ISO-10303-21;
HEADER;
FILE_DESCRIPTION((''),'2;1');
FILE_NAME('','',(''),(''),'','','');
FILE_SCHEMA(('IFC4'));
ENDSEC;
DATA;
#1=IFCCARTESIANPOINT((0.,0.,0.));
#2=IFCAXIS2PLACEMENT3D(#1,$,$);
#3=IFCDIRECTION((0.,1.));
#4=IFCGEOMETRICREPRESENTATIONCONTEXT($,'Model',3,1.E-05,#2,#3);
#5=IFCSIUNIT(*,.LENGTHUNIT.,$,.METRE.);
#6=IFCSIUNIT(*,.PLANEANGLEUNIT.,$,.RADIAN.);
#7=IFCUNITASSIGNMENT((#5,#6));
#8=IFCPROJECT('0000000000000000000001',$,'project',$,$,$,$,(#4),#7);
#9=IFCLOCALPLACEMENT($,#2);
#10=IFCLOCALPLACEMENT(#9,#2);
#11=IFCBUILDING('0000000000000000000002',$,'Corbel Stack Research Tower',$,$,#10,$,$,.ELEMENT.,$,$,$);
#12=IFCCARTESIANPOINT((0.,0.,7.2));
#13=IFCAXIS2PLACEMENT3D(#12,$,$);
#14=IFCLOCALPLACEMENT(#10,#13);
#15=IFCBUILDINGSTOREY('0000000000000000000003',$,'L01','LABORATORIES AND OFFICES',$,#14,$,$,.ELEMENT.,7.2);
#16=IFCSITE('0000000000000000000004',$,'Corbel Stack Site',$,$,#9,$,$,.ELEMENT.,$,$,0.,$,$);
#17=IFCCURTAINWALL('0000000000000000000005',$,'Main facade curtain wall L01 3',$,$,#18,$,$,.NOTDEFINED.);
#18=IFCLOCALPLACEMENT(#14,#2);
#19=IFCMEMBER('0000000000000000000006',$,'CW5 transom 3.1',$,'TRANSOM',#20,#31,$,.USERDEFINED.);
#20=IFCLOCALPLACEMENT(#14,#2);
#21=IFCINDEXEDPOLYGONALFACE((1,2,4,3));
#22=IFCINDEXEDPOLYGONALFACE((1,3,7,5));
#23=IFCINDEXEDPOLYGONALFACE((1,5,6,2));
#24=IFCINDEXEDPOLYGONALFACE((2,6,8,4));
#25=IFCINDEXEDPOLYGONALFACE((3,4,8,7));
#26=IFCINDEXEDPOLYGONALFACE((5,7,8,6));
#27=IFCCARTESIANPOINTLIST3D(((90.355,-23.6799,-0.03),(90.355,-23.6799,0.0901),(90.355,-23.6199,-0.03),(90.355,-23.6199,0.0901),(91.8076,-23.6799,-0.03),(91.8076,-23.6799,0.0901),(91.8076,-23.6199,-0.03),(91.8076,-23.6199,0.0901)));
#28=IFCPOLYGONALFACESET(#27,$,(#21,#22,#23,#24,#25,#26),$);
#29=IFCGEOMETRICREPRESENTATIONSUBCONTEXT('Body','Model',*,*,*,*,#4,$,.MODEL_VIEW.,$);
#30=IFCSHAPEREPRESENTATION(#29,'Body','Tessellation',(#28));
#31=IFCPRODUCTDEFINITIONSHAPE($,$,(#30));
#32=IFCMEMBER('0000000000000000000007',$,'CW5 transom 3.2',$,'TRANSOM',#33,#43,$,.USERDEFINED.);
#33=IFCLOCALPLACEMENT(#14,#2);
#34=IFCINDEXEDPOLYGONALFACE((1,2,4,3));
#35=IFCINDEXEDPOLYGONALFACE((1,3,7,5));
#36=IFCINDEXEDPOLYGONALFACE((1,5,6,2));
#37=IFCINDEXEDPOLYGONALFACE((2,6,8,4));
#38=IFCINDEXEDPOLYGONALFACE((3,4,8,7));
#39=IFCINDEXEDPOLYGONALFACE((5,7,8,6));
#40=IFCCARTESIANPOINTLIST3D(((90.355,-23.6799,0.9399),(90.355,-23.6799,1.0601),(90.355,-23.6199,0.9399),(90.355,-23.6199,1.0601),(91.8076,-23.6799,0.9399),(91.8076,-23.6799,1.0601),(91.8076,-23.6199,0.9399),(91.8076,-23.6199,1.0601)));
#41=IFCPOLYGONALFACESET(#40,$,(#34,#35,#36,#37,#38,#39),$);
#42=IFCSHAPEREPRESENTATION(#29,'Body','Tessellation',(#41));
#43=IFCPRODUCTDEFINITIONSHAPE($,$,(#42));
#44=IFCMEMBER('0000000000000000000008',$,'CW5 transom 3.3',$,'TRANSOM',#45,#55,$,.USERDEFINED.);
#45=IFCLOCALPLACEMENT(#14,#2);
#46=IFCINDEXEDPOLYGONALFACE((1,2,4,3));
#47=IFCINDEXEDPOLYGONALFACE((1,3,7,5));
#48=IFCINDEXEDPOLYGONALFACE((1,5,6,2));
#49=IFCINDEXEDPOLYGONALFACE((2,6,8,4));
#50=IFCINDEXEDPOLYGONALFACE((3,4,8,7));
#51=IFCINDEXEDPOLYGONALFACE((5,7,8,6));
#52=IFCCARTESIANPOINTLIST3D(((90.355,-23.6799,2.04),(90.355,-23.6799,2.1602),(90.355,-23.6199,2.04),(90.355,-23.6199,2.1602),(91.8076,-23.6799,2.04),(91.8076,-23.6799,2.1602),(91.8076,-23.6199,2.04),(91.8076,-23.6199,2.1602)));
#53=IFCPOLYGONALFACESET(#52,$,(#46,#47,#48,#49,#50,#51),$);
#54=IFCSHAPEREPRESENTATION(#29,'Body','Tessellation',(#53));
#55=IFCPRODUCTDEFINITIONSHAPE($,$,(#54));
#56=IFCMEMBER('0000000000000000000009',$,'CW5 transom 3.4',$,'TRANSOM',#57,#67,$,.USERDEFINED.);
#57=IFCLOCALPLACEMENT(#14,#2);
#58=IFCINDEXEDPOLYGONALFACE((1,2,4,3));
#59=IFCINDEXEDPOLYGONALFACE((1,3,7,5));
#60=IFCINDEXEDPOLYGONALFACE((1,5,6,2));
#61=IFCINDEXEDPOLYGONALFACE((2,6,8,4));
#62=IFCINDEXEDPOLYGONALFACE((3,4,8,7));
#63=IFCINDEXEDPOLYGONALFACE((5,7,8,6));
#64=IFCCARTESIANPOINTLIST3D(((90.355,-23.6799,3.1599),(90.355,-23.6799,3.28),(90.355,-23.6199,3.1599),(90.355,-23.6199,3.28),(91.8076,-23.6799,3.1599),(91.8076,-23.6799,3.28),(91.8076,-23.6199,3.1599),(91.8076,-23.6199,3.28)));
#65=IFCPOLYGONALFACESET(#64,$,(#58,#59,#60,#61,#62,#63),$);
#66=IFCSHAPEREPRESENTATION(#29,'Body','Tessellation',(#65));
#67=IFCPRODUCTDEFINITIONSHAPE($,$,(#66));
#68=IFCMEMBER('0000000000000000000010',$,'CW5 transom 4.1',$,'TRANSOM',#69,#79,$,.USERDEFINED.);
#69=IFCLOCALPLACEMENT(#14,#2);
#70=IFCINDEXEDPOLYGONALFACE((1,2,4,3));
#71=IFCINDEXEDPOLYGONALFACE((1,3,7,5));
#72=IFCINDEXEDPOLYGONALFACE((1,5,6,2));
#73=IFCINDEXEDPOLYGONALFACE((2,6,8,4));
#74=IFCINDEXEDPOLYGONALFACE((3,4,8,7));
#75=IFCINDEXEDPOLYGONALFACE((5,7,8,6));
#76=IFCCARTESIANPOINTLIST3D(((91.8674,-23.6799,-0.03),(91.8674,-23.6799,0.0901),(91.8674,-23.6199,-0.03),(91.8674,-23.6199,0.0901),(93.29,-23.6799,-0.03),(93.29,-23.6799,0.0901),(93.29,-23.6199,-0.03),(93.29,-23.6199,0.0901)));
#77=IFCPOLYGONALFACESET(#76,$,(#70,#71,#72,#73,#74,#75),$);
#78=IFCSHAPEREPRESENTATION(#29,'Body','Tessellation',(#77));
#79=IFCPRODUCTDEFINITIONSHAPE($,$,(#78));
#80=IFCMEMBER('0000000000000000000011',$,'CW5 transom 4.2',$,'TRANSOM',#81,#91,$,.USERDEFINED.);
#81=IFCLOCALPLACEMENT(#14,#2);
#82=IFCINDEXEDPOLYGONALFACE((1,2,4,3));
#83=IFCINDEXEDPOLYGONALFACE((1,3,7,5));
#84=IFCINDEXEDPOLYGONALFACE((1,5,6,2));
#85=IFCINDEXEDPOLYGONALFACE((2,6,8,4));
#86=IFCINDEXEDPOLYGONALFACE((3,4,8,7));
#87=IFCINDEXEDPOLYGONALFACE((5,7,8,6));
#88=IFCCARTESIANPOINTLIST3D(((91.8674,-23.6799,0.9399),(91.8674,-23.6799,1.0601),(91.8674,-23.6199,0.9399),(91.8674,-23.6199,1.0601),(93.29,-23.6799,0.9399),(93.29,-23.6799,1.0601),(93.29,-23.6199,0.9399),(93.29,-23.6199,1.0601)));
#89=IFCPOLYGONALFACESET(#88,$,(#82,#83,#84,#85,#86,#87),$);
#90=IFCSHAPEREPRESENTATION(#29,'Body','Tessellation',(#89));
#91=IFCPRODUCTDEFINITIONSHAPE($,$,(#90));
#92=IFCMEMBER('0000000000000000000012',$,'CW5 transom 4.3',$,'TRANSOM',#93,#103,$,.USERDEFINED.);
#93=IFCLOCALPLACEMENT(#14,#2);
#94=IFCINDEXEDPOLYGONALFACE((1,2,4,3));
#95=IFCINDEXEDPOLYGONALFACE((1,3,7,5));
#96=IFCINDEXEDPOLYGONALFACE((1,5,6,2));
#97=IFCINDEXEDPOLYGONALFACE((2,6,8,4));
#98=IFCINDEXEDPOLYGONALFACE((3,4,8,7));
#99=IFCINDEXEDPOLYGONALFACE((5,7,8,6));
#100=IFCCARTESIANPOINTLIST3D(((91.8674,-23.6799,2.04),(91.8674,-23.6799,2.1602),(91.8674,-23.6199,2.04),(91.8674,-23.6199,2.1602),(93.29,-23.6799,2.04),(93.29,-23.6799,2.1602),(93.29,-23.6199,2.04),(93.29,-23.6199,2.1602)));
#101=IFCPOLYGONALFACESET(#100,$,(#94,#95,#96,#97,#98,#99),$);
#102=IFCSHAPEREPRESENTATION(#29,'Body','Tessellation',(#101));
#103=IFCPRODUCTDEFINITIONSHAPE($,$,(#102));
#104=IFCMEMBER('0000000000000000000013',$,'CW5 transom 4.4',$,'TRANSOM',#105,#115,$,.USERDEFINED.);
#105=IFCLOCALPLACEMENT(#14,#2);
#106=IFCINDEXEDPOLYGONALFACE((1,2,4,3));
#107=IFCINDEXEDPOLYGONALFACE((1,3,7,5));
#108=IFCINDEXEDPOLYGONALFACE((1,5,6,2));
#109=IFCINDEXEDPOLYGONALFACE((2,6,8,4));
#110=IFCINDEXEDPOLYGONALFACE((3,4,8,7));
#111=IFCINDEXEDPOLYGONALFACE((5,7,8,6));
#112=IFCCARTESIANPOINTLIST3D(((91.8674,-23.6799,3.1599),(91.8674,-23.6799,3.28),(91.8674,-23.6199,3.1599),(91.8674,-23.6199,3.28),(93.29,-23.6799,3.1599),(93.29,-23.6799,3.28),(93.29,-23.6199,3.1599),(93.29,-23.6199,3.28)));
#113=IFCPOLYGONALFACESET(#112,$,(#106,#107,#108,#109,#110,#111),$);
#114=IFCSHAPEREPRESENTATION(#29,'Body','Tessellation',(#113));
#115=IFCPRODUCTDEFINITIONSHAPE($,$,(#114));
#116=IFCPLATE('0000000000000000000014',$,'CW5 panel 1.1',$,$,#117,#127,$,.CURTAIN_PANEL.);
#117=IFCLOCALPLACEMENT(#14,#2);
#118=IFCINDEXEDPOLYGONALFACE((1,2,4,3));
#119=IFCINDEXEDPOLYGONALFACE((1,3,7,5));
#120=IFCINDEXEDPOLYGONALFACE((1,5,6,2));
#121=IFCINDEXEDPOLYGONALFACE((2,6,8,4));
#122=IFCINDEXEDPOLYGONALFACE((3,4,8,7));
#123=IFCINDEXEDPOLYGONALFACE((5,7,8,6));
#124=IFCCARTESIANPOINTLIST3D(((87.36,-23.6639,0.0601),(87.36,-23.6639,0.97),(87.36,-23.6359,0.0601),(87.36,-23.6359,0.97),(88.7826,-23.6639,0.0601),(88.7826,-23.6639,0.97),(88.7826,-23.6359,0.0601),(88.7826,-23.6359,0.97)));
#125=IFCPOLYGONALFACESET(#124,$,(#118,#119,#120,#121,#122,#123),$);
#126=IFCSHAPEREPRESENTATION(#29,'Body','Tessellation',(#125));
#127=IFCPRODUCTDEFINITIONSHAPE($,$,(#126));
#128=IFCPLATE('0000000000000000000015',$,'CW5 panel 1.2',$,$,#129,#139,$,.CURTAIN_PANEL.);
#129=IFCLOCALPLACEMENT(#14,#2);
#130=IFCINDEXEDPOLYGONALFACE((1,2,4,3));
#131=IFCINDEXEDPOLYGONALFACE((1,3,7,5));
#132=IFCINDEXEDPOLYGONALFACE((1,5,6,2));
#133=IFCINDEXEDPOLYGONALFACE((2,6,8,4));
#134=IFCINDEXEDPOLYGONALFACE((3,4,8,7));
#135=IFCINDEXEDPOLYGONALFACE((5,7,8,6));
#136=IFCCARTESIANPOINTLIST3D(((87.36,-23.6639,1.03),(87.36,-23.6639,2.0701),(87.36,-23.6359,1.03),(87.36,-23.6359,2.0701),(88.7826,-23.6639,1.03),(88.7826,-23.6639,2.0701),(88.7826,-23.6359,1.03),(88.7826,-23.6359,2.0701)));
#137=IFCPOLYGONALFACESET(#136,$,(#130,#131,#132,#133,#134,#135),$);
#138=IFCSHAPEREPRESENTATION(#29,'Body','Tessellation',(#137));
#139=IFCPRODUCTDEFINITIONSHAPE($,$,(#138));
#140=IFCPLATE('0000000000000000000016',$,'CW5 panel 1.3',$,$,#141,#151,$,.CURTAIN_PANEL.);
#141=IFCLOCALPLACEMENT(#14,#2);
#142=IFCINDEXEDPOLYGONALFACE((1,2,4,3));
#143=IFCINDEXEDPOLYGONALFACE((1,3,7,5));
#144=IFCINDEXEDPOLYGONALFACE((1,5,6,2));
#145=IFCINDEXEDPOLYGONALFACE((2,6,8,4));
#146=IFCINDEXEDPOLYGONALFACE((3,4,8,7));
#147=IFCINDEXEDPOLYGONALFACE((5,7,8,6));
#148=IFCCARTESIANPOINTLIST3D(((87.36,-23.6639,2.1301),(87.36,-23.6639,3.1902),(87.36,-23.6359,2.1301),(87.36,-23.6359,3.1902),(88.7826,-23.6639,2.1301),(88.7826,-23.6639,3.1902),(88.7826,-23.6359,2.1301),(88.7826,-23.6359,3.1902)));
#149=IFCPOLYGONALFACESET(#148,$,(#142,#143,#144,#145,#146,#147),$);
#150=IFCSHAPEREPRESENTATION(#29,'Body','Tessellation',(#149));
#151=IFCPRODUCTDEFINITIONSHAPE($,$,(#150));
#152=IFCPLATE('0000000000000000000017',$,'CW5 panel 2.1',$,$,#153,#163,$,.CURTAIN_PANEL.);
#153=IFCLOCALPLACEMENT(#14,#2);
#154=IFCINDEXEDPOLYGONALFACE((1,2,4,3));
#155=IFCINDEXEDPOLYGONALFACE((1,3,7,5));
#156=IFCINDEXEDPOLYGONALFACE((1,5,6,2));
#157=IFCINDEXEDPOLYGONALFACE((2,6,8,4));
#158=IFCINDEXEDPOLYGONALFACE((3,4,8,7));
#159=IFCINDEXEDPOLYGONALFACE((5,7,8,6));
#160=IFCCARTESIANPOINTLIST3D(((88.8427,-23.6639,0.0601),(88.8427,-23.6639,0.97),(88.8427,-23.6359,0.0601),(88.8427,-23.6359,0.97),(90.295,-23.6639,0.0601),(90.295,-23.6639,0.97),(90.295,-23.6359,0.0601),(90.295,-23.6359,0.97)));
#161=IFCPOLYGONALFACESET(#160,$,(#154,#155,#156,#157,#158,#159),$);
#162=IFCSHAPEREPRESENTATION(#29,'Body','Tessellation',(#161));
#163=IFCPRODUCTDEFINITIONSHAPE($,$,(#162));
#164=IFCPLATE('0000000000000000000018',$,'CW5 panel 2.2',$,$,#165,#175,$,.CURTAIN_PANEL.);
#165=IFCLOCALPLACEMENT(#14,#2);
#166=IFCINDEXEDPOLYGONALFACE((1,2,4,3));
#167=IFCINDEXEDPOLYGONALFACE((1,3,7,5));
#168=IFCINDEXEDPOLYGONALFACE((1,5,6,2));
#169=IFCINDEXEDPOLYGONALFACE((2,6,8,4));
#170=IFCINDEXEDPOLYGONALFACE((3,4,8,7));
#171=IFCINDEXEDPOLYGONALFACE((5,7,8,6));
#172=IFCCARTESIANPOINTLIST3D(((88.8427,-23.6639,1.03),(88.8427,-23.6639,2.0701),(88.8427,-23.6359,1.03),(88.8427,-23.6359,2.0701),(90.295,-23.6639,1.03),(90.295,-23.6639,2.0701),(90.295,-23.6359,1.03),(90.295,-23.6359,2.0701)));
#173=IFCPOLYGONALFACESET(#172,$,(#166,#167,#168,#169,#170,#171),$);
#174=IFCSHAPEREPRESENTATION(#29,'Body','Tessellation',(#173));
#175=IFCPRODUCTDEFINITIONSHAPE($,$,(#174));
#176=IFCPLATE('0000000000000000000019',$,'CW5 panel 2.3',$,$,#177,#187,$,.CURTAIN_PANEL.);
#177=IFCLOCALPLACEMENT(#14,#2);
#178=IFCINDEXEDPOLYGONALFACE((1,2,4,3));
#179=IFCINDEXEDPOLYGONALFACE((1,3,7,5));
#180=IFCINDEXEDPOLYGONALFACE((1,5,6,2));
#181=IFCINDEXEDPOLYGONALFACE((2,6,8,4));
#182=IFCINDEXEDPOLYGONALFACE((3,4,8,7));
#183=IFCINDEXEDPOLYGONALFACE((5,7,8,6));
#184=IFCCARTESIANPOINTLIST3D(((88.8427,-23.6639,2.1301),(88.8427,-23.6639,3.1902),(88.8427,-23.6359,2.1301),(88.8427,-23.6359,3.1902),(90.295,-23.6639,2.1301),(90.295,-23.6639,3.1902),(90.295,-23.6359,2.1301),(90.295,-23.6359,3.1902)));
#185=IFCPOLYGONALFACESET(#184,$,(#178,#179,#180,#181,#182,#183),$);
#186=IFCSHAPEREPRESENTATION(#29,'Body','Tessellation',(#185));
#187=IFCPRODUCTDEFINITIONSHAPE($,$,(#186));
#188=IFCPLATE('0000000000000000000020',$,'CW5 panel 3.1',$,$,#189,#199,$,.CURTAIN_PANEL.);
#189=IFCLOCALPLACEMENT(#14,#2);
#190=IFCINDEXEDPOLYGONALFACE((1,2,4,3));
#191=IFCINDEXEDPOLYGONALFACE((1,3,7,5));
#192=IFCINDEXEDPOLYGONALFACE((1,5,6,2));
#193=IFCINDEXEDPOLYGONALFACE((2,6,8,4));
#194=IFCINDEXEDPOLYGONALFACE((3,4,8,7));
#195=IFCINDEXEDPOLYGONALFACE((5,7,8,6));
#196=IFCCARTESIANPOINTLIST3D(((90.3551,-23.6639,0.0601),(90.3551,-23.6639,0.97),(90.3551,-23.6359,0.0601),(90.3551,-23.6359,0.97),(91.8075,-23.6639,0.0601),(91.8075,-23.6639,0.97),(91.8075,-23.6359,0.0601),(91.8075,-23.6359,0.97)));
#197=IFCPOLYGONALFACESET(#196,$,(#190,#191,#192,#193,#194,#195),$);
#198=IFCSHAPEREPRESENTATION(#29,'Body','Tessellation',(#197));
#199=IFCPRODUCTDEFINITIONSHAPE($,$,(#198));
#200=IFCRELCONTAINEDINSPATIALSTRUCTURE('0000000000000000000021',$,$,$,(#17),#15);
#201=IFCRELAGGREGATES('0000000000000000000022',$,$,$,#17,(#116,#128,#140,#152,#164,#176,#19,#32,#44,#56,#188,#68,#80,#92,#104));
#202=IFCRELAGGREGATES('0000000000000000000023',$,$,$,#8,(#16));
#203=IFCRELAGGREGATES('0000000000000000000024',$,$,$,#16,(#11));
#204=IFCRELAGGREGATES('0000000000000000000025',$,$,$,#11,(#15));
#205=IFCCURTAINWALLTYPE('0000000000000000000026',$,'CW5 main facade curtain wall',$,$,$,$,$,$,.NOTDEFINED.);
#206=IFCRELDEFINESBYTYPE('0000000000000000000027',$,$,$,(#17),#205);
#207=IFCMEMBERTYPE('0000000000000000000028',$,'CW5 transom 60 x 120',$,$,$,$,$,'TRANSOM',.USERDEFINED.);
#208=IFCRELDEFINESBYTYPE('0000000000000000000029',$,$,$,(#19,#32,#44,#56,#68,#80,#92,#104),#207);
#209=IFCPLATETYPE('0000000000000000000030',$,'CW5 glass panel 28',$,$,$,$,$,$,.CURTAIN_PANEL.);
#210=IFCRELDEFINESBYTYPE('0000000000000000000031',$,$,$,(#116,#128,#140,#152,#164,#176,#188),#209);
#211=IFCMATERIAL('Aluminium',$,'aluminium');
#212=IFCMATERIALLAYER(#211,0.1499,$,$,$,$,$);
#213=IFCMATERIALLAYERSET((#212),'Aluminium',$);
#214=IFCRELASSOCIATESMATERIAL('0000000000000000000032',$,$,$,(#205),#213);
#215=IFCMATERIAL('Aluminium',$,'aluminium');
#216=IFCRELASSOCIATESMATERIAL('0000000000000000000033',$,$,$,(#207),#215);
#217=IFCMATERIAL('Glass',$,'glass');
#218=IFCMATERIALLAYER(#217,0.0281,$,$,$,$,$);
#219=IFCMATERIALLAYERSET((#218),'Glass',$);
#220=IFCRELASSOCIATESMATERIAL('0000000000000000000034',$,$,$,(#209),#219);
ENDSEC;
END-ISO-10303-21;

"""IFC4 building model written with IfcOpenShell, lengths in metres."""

from ifc_helpers import new_model, si_unit, direction, frame, origin, origin_2d, place, context, subcontext, project, spatial, rectangle, extrude, material, layer, layer_set, material_profile, profile_set, type_object, element, aggregate, save


model = new_model("IFC4")

# Units and contexts
model_context = context("Model", 3, precision=1e-05, world=origin(), true_north=direction((0.0, 1.0)))
body_context = subcontext(model_context, "Body", "Model", "MODEL_VIEW")
ifc_project = project(units=[si_unit("LENGTHUNIT", "METRE"), si_unit("PLANEANGLEUNIT", "RADIAN")], contexts=[model_context])

# Site, building, storey
site_placement = place(None, origin())
site = spatial("IfcSite", under=ifc_project, at=site_placement, Name="Corbel Stack Site", CompositionType="ELEMENT", RefElevation=0.0)
building_placement = place(site_placement, origin())
building = spatial("IfcBuilding", under=site, at=building_placement, Name="Corbel Stack Research Tower", CompositionType="ELEMENT")
storey_placement = place(building_placement, frame((0.0, 0.0, 7.2)))
storey = spatial("IfcBuildingStorey", under=building, at=storey_placement, Name="L01", Description="LABORATORIES AND OFFICES", CompositionType="ELEMENT", Elevation=7.2)

# Curtain wall, members, plates
ifc_material_1 = material(Name="Aluminium", Category="aluminium")
ifc_layer_1 = layer(ifc_material_1, 0.1499)
ifc_layer_set_1 = layer_set([ifc_layer_1], Name="Aluminium")
curtain_wall_type = type_object("IfcCurtainWallType", Name="CW5 main facade curtain wall", PredefinedType="NOTDEFINED", material=ifc_layer_set_1)
curtain_wall_placement = place(storey_placement, origin())
curtain_wall = element("IfcCurtainWall", 1, at=curtain_wall_placement, inside=storey, type_object=curtain_wall_type, Name="Main facade curtain wall L01 3", PredefinedType="NOTDEFINED")
ifc_material_2 = material(Name="Aluminium", Category="aluminium")
ifc_material_profile_1 = material_profile(ifc_material_2, rectangle(XDim=0.0601, YDim=0.1201, at=origin_2d()), Name="Transom 60 x 120")
ifc_profile_set_1 = profile_set([ifc_material_profile_1], Name="Aluminium")
member_type_1 = type_object("IfcMemberType", Name="CW5 transom 60 x 120", ElementType="TRANSOM", PredefinedType="USERDEFINED", material=ifc_profile_set_1)
member_1_placement = place(storey_placement, frame((90.355, -23.6499, 0.03), z_axis=(1.0, 0.0, 0.0), x_axis=(0.0, 1.0, 0.0)))
member_1 = element("IfcMember", 2, at=member_1_placement, type_object=member_type_1, Name="CW5 transom 3.1", ObjectType="TRANSOM", PredefinedType="USERDEFINED", context=body_context, shape_type="SweptSolid", body=[
    extrude(rectangle(XDim=0.0601, YDim=0.1201, at=origin_2d()), origin(), (0.0, 0.0, 1.0), 1.4526),
])
member_2_placement = place(storey_placement, frame((90.355, -23.6499, 1.0), z_axis=(1.0, 0.0, 0.0), x_axis=(0.0, 1.0, 0.0)))
member_2 = element("IfcMember", 3, at=member_2_placement, type_object=member_type_1, Name="CW5 transom 3.2", ObjectType="TRANSOM", PredefinedType="USERDEFINED", context=body_context, shape_type="SweptSolid", body=[
    extrude(rectangle(XDim=0.0601, YDim=0.1201, at=origin_2d()), origin(), (0.0, 0.0, 1.0), 1.4526),
])
member_3_placement = place(storey_placement, frame((90.355, -23.6499, 2.1001), z_axis=(1.0, 0.0, 0.0), x_axis=(0.0, 1.0, 0.0)))
member_3 = element("IfcMember", 4, at=member_3_placement, type_object=member_type_1, Name="CW5 transom 3.3", ObjectType="TRANSOM", PredefinedType="USERDEFINED", context=body_context, shape_type="SweptSolid", body=[
    extrude(rectangle(XDim=0.0601, YDim=0.1201, at=origin_2d()), origin(), (0.0, 0.0, 1.0), 1.4526),
])
member_4_placement = place(storey_placement, frame((90.355, -23.6499, 3.22), z_axis=(1.0, 0.0, 0.0), x_axis=(0.0, 1.0, 0.0)))
member_4 = element("IfcMember", 5, at=member_4_placement, type_object=member_type_1, Name="CW5 transom 3.4", ObjectType="TRANSOM", PredefinedType="USERDEFINED", context=body_context, shape_type="SweptSolid", body=[
    extrude(rectangle(XDim=0.0601, YDim=0.1201, at=origin_2d()), origin(), (0.0, 0.0, 1.0), 1.4526),
])
member_5_placement = place(storey_placement, frame((91.8674, -23.6499, 0.03), z_axis=(1.0, 0.0, 0.0), x_axis=(0.0, 1.0, 0.0)))
member_5 = element("IfcMember", 6, at=member_5_placement, type_object=member_type_1, Name="CW5 transom 4.1", ObjectType="TRANSOM", PredefinedType="USERDEFINED", context=body_context, shape_type="SweptSolid", body=[
    extrude(rectangle(XDim=0.0601, YDim=0.1201, at=origin_2d()), origin(), (0.0, 0.0, 1.0), 1.4226),
])
member_6_placement = place(storey_placement, frame((91.8674, -23.6499, 1.0), z_axis=(1.0, 0.0, 0.0), x_axis=(0.0, 1.0, 0.0)))
member_6 = element("IfcMember", 7, at=member_6_placement, type_object=member_type_1, Name="CW5 transom 4.2", ObjectType="TRANSOM", PredefinedType="USERDEFINED", context=body_context, shape_type="SweptSolid", body=[
    extrude(rectangle(XDim=0.0601, YDim=0.1201, at=origin_2d()), origin(), (0.0, 0.0, 1.0), 1.4226),
])
member_7_placement = place(storey_placement, frame((91.8674, -23.6499, 2.1001), z_axis=(1.0, 0.0, 0.0), x_axis=(0.0, 1.0, 0.0)))
member_7 = element("IfcMember", 8, at=member_7_placement, type_object=member_type_1, Name="CW5 transom 4.3", ObjectType="TRANSOM", PredefinedType="USERDEFINED", context=body_context, shape_type="SweptSolid", body=[
    extrude(rectangle(XDim=0.0601, YDim=0.1201, at=origin_2d()), origin(), (0.0, 0.0, 1.0), 1.4226),
])
member_8_placement = place(storey_placement, frame((91.8674, -23.6499, 3.22), z_axis=(1.0, 0.0, 0.0), x_axis=(0.0, 1.0, 0.0)))
member_8 = element("IfcMember", 9, at=member_8_placement, type_object=member_type_1, Name="CW5 transom 4.4", ObjectType="TRANSOM", PredefinedType="USERDEFINED", context=body_context, shape_type="SweptSolid", body=[
    extrude(rectangle(XDim=0.0601, YDim=0.1201, at=origin_2d()), origin(), (0.0, 0.0, 1.0), 1.4226),
])
ifc_material_3 = material(Name="Glass", Category="glass")
ifc_layer_2 = layer(ifc_material_3, 0.0281)
ifc_layer_set_2 = layer_set([ifc_layer_2], Name="Glass")
plate_type = type_object("IfcPlateType", Name="CW5 glass panel 28", PredefinedType="CURTAIN_PANEL", material=ifc_layer_set_2)
plate_1_placement = place(storey_placement, frame((88.0713, -23.6499, 0.0601), z_axis=(0.0, 0.0, 1.0), x_axis=(1.0, 0.0, 0.0)))
plate_1 = element("IfcPlate", 10, at=plate_1_placement, type_object=plate_type, Name="CW5 panel 1.1", PredefinedType="CURTAIN_PANEL", context=body_context, shape_type="SweptSolid", body=[
    extrude(rectangle(XDim=1.4226, YDim=0.0281, at=origin_2d()), origin(), (0.0, 0.0, 1.0), 0.9099),
])
plate_2_placement = place(storey_placement, frame((88.0713, -23.6499, 1.03), z_axis=(0.0, 0.0, 1.0), x_axis=(1.0, 0.0, 0.0)))
plate_2 = element("IfcPlate", 11, at=plate_2_placement, type_object=plate_type, Name="CW5 panel 1.2", PredefinedType="CURTAIN_PANEL", context=body_context, shape_type="SweptSolid", body=[
    extrude(rectangle(XDim=1.4226, YDim=0.0281, at=origin_2d()), origin(), (0.0, 0.0, 1.0), 1.04),
])
plate_3_placement = place(storey_placement, frame((88.0713, -23.6499, 2.1301), z_axis=(0.0, 0.0, 1.0), x_axis=(1.0, 0.0, 0.0)))
plate_3 = element("IfcPlate", 12, at=plate_3_placement, type_object=plate_type, Name="CW5 panel 1.3", PredefinedType="CURTAIN_PANEL", context=body_context, shape_type="SweptSolid", body=[
    extrude(rectangle(XDim=1.4226, YDim=0.0281, at=origin_2d()), origin(), (0.0, 0.0, 1.0), 1.0601),
])
plate_4_placement = place(storey_placement, frame((89.5688, -23.6499, 0.0601), z_axis=(0.0, 0.0, 1.0), x_axis=(1.0, 0.0, 0.0)))
plate_4 = element("IfcPlate", 13, at=plate_4_placement, type_object=plate_type, Name="CW5 panel 2.1", PredefinedType="CURTAIN_PANEL", context=body_context, shape_type="SweptSolid", body=[
    extrude(rectangle(XDim=1.4524, YDim=0.0281, at=origin_2d()), origin(), (0.0, 0.0, 1.0), 0.9099),
])
plate_5_placement = place(storey_placement, frame((89.5688, -23.6499, 1.03), z_axis=(0.0, 0.0, 1.0), x_axis=(1.0, 0.0, 0.0)))
plate_5 = element("IfcPlate", 14, at=plate_5_placement, type_object=plate_type, Name="CW5 panel 2.2", PredefinedType="CURTAIN_PANEL", context=body_context, shape_type="SweptSolid", body=[
    extrude(rectangle(XDim=1.4524, YDim=0.0281, at=origin_2d()), origin(), (0.0, 0.0, 1.0), 1.04),
])
plate_6_placement = place(storey_placement, frame((89.5688, -23.6499, 2.1301), z_axis=(0.0, 0.0, 1.0), x_axis=(1.0, 0.0, 0.0)))
plate_6 = element("IfcPlate", 15, at=plate_6_placement, type_object=plate_type, Name="CW5 panel 2.3", PredefinedType="CURTAIN_PANEL", context=body_context, shape_type="SweptSolid", body=[
    extrude(rectangle(XDim=1.4524, YDim=0.0281, at=origin_2d()), origin(), (0.0, 0.0, 1.0), 1.0601),
])
plate_7_placement = place(storey_placement, frame((91.0813, -23.6499, 0.0601), z_axis=(0.0, 0.0, 1.0), x_axis=(1.0, 0.0, 0.0)))
plate_7 = element("IfcPlate", 16, at=plate_7_placement, type_object=plate_type, Name="CW5 panel 3.1", PredefinedType="CURTAIN_PANEL", context=body_context, shape_type="SweptSolid", body=[
    extrude(rectangle(XDim=1.4524, YDim=0.0281, at=origin_2d()), origin(), (0.0, 0.0, 1.0), 0.9099),
])
aggregate(curtain_wall, [plate_1, plate_2, plate_3, plate_4, plate_5, plate_6, member_1, member_2, member_3, member_4, plate_7, member_5, member_6, member_7, member_8])

save(model, "model.ifc")
